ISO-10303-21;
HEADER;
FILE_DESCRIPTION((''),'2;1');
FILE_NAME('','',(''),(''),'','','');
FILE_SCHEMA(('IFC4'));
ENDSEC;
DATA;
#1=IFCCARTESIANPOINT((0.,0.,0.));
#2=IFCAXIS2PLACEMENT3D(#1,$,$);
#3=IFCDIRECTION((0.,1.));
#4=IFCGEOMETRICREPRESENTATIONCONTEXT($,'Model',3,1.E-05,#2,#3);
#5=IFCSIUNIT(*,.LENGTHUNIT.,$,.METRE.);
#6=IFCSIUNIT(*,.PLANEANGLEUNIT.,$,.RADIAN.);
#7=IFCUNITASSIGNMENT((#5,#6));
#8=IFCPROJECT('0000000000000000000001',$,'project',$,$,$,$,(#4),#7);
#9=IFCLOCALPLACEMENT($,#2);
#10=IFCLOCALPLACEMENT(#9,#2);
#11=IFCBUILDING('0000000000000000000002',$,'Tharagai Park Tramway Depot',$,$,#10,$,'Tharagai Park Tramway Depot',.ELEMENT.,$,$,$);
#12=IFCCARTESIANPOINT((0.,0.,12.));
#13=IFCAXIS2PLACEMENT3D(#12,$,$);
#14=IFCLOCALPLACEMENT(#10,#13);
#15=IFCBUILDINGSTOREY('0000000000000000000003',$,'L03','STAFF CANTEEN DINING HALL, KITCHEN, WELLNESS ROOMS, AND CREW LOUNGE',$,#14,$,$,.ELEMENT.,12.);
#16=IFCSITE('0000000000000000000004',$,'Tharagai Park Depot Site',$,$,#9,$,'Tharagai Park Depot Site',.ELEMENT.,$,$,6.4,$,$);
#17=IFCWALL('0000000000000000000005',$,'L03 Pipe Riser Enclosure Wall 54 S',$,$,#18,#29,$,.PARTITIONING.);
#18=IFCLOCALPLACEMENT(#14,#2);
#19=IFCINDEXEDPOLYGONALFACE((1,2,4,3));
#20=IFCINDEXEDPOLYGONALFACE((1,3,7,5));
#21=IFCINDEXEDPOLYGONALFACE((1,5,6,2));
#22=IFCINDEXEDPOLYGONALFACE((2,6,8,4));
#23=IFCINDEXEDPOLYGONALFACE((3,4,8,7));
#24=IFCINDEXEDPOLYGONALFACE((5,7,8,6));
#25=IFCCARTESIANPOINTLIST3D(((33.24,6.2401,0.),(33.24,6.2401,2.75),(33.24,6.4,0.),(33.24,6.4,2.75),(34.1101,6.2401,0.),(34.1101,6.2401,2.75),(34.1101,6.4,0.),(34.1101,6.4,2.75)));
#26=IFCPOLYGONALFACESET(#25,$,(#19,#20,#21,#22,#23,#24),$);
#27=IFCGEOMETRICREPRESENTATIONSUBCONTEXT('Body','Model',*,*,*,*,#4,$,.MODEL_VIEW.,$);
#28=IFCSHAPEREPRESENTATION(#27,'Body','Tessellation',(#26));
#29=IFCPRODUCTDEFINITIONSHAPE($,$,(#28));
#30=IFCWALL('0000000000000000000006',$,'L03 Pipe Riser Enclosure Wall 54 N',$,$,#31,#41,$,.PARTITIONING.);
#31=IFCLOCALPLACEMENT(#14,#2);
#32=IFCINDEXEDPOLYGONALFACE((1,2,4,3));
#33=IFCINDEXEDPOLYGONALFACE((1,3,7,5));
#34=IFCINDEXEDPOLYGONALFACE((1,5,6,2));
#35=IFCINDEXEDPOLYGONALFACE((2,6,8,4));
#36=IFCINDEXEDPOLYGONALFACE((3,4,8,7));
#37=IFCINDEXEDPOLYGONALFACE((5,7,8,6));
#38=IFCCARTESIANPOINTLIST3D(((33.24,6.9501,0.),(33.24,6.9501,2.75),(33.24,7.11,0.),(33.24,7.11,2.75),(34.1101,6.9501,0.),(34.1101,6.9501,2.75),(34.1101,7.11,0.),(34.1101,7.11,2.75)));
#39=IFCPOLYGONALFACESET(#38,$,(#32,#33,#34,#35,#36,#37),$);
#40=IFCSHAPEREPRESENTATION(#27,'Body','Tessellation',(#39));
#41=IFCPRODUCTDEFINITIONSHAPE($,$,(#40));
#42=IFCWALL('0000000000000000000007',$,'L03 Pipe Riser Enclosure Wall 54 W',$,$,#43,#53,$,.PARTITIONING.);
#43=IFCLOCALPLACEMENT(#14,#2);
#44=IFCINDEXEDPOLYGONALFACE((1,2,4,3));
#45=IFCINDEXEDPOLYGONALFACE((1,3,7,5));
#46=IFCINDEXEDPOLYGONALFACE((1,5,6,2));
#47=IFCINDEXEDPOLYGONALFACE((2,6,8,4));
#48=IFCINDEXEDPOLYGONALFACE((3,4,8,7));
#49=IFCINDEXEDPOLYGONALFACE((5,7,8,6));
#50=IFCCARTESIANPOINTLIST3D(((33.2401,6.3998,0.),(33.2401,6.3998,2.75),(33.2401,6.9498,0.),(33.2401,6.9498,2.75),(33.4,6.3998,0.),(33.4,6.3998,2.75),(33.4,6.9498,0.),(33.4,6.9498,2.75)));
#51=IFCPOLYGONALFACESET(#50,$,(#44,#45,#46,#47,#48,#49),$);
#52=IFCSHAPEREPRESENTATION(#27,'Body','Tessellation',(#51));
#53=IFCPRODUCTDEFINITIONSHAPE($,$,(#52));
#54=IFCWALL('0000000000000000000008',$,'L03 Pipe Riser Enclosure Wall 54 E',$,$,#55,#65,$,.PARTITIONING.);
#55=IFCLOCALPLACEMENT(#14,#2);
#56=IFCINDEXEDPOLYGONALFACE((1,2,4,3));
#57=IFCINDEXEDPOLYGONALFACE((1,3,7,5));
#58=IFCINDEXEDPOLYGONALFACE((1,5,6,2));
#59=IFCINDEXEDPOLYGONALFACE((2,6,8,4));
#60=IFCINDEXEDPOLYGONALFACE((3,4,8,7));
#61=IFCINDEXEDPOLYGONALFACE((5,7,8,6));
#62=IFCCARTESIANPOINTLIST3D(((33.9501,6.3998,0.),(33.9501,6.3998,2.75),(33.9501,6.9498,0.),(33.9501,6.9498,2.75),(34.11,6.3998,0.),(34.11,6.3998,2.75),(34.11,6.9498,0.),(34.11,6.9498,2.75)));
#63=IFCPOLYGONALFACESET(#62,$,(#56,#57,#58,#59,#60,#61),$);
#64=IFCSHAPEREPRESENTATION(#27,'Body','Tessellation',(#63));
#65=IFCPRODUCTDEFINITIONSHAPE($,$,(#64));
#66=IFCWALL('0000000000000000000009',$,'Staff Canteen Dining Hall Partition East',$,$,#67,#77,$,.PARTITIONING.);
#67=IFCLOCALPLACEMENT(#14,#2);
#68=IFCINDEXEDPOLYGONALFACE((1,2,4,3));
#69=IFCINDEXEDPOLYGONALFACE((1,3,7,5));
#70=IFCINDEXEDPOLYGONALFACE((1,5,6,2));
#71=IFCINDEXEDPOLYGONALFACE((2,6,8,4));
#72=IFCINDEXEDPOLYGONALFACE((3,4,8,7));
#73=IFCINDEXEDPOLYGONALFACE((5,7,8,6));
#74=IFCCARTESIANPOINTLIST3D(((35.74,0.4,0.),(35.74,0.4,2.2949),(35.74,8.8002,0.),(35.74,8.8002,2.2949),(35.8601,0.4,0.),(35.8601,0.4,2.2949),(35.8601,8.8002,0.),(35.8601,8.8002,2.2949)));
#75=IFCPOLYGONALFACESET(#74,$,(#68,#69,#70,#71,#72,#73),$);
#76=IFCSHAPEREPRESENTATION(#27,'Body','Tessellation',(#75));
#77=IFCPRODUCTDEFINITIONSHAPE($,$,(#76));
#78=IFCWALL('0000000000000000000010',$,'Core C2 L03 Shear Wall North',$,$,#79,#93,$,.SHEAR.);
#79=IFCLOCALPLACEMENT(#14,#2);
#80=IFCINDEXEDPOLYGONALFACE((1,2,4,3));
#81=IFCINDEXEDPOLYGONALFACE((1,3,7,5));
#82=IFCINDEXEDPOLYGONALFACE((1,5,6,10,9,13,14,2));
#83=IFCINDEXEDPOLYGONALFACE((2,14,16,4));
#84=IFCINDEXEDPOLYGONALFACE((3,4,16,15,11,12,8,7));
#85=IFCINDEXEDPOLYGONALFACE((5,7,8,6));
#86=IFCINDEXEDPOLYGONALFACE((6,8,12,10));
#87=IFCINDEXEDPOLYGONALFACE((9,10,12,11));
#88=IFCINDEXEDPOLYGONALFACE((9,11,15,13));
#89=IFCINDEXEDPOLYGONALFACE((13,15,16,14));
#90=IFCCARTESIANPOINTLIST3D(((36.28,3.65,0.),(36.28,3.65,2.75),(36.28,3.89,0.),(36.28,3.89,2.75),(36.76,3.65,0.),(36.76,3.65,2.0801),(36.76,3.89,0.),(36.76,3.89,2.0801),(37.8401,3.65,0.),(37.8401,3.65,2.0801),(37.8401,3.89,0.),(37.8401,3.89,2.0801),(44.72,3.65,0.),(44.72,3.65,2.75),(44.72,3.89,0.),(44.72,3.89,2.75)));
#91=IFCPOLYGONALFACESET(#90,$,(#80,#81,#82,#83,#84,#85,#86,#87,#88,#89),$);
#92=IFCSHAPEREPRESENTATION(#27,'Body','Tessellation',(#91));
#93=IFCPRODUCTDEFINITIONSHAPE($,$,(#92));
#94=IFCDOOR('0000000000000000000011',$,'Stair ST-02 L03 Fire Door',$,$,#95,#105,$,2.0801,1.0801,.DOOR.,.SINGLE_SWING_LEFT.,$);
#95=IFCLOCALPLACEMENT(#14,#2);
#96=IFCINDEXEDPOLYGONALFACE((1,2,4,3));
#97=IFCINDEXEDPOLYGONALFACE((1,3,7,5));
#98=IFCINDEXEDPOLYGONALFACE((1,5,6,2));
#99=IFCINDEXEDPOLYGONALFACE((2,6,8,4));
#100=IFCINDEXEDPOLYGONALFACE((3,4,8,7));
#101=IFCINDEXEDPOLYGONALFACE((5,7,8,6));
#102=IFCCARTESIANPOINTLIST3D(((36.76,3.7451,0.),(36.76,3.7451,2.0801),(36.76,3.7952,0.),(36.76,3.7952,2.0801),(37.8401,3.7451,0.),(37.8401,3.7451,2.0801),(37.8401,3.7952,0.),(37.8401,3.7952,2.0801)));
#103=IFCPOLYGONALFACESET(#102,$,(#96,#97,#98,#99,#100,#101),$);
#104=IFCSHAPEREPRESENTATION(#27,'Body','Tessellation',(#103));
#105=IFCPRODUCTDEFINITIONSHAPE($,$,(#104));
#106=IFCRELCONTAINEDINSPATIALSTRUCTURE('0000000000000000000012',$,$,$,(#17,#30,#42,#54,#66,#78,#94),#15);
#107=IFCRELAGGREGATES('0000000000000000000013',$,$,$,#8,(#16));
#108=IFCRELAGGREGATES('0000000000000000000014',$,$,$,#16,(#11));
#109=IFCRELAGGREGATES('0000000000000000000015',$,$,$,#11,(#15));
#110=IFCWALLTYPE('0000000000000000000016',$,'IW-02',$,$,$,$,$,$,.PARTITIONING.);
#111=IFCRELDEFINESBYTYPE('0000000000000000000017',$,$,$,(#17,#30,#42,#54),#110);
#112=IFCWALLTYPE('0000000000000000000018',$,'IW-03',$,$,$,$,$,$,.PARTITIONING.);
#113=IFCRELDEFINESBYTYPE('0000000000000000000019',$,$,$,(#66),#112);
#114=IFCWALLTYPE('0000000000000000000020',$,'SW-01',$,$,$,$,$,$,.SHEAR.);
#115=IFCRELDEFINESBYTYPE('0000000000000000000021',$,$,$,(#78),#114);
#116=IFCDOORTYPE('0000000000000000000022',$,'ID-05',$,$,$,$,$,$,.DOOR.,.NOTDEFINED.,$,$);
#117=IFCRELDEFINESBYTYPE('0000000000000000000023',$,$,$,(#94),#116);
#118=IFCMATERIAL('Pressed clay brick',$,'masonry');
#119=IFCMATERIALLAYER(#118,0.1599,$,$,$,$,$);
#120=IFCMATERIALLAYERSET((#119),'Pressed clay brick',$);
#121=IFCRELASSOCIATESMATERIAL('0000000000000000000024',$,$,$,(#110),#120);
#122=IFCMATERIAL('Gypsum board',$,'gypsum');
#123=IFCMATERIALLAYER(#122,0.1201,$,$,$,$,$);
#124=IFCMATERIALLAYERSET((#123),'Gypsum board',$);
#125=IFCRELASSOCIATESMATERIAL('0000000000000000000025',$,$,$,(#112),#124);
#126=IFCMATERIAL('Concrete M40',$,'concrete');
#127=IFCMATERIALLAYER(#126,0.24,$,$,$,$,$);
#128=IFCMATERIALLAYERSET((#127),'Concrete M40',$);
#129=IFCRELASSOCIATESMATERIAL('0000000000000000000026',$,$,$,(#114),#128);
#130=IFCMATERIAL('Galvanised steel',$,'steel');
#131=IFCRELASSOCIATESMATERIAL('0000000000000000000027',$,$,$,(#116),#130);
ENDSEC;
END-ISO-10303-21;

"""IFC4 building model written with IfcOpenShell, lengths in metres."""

from ifc_helpers import new_model, si_unit, direction, frame, frame_2d, origin, place, context, subcontext, project, spatial, rectangle, extrude, material, layer, layer_set, type_object, element, fill, save


model = new_model("IFC4")

# Units and contexts
model_context = context("Model", 3, precision=1e-05, world=origin(), true_north=direction((0.0, 1.0)))
body_context = subcontext(model_context, "Body", "Model", "MODEL_VIEW")
ifc_project = project(units=[si_unit("LENGTHUNIT", "METRE"), si_unit("PLANEANGLEUNIT", "RADIAN")], contexts=[model_context])

# Site, building, storey
site_placement = place(None, origin())
site = spatial("IfcSite", under=ifc_project, at=site_placement, Name="Tharagai Park Depot Site", LongName="Tharagai Park Depot Site", CompositionType="ELEMENT", RefElevation=6.4)
building_placement = place(site_placement, origin())
building = spatial("IfcBuilding", under=site, at=building_placement, Name="Tharagai Park Tramway Depot", LongName="Tharagai Park Tramway Depot", CompositionType="ELEMENT")
storey_placement = place(building_placement, frame((0.0, 0.0, 12.0)))
storey = spatial("IfcBuildingStorey", under=building, at=storey_placement, Name="L03", Description="STAFF CANTEEN DINING HALL, KITCHEN, WELLNESS ROOMS, AND CREW LOUNGE", CompositionType="ELEMENT", Elevation=12.0)

# Shared definitions
ifc_material_1 = material(Name="Concrete M40", Category="concrete")

# Walls
ifc_material_2 = material(Name="Pressed clay brick", Category="masonry")
ifc_layer_1 = layer(ifc_material_2, 0.1599)
ifc_layer_set_1 = layer_set([ifc_layer_1], Name="Pressed clay brick")
wall_type_1 = type_object("IfcWallType", Name="IW-02", PredefinedType="PARTITIONING", material=ifc_layer_set_1)
for number, where, z_axis, x_axis, name in (
    (1, (33.24, 6.3201, 0.0), (0.0, 0.0, 1.0), (1.0, 0.0, 0.0), "L03 Pipe Riser Enclosure Wall 54 S"),
    (2, (33.24, 7.03, 0.0), (0.0, 0.0, 1.0), (1.0, 0.0, 0.0), "L03 Pipe Riser Enclosure Wall 54 N"),
):
    element("IfcWall", number, at=place(storey_placement, frame(where, z_axis=z_axis, x_axis=x_axis)), inside=storey, type_object=wall_type_1, Name=name, PredefinedType="PARTITIONING", context=body_context, shape_type="SweptSolid", body=[
        extrude(rectangle(XDim=0.8701, YDim=0.1599, at=frame_2d((0.4351, 0.0))), origin(), (0.0, 0.0, 1.0), 2.75),
    ])
for number, where, z_axis, x_axis, name in (
    (3, (33.3201, 6.3999, 0.0), (0.0, 0.0, 1.0), (0.0, 1.0, 0.0), "L03 Pipe Riser Enclosure Wall 54 W"),
    (4, (34.03, 6.3999, 0.0), (0.0, 0.0, 1.0), (0.0, 1.0, 0.0), "L03 Pipe Riser Enclosure Wall 54 E"),
):
    element("IfcWall", number, at=place(storey_placement, frame(where, z_axis=z_axis, x_axis=x_axis)), inside=storey, type_object=wall_type_1, Name=name, PredefinedType="PARTITIONING", context=body_context, shape_type="SweptSolid", body=[
        extrude(rectangle(XDim=0.55, YDim=0.1599, at=frame_2d((0.2749, 0.0))), origin(), (0.0, 0.0, 1.0), 2.75),
    ])
ifc_material_3 = material(Name="Gypsum board", Category="gypsum")
ifc_layer_2 = layer(ifc_material_3, 0.1201)
ifc_layer_set_2 = layer_set([ifc_layer_2], Name="Gypsum board")
wall_type_2 = type_object("IfcWallType", Name="IW-03", PredefinedType="PARTITIONING", material=ifc_layer_set_2)
wall_1_placement = place(storey_placement, frame((35.8, 0.3999, 0.0), z_axis=(0.0, 0.0, 1.0), x_axis=(0.0, 1.0, 0.0)))
element("IfcWall", 5, at=wall_1_placement, inside=storey, type_object=wall_type_2, Name="Staff Canteen Dining Hall Partition East", PredefinedType="PARTITIONING", context=body_context, shape_type="SweptSolid", body=[
    extrude(rectangle(XDim=8.4001, YDim=0.1201, at=frame_2d((4.2002, 0.0))), origin(), (0.0, 0.0, 1.0), 2.2949),
])

# Wall, opening, door
ifc_layer_3 = layer(ifc_material_1, 0.24)
ifc_layer_set_3 = layer_set([ifc_layer_3], Name="Concrete M40")
wall_type_3 = type_object("IfcWallType", Name="SW-01", PredefinedType="SHEAR", material=ifc_layer_set_3)
wall_2_placement = place(storey_placement, frame((36.28, 3.77, 0.0), z_axis=(0.0, 0.0, 1.0), x_axis=(1.0, 0.0, 0.0)))
wall_2 = element("IfcWall", 6, at=wall_2_placement, inside=storey, type_object=wall_type_3, Name="Core C2 L03 Shear Wall North", PredefinedType="SHEAR", context=body_context, shape_type="SweptSolid", body=[
    extrude(rectangle(XDim=8.4399, YDim=0.24, at=frame_2d((4.22, 0.0))), origin(), (0.0, 0.0, 1.0), 2.75),
])
opening_placement = place(wall_2_placement, frame((0.48, 0.0, 0.0)))
opening = element("IfcOpeningElement", 7, at=opening_placement, cuts=wall_2, PredefinedType="OPENING", context=body_context, shape_type="SweptSolid", body=[
    extrude(rectangle(XDim=1.0801, YDim=2.0801, at=frame_2d((0.54, 1.04))), frame((0.0, 0.1299, 0.0), z_axis=(0.0, -1.0, 0.0), x_axis=(1.0, 0.0, 0.0)), (0.0, 0.0, 1.0), 0.26),
])
ifc_material_4 = material(Name="Galvanised steel", Category="steel")
door_type = type_object("IfcDoorType", Name="ID-05", OperationType="NOTDEFINED", PredefinedType="DOOR", material=ifc_material_4)
door_placement = place(opening_placement, frame((1.0801, 0.0, 0.0), z_axis=(0.0, 0.0, 1.0), x_axis=(-1.0, 0.0, 0.0)))
door = element("IfcDoor", 8, at=door_placement, inside=storey, type_object=door_type, Name="Stair ST-02 L03 Fire Door", OperationType="SINGLE_SWING_LEFT", OverallHeight=2.0801, OverallWidth=1.0801, PredefinedType="DOOR", context=body_context, shape_type="SweptSolid", body=[
    extrude(rectangle(XDim=1.0801, YDim=2.0801, at=frame_2d((0.54, 1.04))), frame((0.0, 0.0249, 0.0), z_axis=(0.0, -1.0, 0.0), x_axis=(1.0, 0.0, 0.0)), (0.0, 0.0, 1.0), 0.05),
])
fill(opening, door)

save(model, "model.ifc")
